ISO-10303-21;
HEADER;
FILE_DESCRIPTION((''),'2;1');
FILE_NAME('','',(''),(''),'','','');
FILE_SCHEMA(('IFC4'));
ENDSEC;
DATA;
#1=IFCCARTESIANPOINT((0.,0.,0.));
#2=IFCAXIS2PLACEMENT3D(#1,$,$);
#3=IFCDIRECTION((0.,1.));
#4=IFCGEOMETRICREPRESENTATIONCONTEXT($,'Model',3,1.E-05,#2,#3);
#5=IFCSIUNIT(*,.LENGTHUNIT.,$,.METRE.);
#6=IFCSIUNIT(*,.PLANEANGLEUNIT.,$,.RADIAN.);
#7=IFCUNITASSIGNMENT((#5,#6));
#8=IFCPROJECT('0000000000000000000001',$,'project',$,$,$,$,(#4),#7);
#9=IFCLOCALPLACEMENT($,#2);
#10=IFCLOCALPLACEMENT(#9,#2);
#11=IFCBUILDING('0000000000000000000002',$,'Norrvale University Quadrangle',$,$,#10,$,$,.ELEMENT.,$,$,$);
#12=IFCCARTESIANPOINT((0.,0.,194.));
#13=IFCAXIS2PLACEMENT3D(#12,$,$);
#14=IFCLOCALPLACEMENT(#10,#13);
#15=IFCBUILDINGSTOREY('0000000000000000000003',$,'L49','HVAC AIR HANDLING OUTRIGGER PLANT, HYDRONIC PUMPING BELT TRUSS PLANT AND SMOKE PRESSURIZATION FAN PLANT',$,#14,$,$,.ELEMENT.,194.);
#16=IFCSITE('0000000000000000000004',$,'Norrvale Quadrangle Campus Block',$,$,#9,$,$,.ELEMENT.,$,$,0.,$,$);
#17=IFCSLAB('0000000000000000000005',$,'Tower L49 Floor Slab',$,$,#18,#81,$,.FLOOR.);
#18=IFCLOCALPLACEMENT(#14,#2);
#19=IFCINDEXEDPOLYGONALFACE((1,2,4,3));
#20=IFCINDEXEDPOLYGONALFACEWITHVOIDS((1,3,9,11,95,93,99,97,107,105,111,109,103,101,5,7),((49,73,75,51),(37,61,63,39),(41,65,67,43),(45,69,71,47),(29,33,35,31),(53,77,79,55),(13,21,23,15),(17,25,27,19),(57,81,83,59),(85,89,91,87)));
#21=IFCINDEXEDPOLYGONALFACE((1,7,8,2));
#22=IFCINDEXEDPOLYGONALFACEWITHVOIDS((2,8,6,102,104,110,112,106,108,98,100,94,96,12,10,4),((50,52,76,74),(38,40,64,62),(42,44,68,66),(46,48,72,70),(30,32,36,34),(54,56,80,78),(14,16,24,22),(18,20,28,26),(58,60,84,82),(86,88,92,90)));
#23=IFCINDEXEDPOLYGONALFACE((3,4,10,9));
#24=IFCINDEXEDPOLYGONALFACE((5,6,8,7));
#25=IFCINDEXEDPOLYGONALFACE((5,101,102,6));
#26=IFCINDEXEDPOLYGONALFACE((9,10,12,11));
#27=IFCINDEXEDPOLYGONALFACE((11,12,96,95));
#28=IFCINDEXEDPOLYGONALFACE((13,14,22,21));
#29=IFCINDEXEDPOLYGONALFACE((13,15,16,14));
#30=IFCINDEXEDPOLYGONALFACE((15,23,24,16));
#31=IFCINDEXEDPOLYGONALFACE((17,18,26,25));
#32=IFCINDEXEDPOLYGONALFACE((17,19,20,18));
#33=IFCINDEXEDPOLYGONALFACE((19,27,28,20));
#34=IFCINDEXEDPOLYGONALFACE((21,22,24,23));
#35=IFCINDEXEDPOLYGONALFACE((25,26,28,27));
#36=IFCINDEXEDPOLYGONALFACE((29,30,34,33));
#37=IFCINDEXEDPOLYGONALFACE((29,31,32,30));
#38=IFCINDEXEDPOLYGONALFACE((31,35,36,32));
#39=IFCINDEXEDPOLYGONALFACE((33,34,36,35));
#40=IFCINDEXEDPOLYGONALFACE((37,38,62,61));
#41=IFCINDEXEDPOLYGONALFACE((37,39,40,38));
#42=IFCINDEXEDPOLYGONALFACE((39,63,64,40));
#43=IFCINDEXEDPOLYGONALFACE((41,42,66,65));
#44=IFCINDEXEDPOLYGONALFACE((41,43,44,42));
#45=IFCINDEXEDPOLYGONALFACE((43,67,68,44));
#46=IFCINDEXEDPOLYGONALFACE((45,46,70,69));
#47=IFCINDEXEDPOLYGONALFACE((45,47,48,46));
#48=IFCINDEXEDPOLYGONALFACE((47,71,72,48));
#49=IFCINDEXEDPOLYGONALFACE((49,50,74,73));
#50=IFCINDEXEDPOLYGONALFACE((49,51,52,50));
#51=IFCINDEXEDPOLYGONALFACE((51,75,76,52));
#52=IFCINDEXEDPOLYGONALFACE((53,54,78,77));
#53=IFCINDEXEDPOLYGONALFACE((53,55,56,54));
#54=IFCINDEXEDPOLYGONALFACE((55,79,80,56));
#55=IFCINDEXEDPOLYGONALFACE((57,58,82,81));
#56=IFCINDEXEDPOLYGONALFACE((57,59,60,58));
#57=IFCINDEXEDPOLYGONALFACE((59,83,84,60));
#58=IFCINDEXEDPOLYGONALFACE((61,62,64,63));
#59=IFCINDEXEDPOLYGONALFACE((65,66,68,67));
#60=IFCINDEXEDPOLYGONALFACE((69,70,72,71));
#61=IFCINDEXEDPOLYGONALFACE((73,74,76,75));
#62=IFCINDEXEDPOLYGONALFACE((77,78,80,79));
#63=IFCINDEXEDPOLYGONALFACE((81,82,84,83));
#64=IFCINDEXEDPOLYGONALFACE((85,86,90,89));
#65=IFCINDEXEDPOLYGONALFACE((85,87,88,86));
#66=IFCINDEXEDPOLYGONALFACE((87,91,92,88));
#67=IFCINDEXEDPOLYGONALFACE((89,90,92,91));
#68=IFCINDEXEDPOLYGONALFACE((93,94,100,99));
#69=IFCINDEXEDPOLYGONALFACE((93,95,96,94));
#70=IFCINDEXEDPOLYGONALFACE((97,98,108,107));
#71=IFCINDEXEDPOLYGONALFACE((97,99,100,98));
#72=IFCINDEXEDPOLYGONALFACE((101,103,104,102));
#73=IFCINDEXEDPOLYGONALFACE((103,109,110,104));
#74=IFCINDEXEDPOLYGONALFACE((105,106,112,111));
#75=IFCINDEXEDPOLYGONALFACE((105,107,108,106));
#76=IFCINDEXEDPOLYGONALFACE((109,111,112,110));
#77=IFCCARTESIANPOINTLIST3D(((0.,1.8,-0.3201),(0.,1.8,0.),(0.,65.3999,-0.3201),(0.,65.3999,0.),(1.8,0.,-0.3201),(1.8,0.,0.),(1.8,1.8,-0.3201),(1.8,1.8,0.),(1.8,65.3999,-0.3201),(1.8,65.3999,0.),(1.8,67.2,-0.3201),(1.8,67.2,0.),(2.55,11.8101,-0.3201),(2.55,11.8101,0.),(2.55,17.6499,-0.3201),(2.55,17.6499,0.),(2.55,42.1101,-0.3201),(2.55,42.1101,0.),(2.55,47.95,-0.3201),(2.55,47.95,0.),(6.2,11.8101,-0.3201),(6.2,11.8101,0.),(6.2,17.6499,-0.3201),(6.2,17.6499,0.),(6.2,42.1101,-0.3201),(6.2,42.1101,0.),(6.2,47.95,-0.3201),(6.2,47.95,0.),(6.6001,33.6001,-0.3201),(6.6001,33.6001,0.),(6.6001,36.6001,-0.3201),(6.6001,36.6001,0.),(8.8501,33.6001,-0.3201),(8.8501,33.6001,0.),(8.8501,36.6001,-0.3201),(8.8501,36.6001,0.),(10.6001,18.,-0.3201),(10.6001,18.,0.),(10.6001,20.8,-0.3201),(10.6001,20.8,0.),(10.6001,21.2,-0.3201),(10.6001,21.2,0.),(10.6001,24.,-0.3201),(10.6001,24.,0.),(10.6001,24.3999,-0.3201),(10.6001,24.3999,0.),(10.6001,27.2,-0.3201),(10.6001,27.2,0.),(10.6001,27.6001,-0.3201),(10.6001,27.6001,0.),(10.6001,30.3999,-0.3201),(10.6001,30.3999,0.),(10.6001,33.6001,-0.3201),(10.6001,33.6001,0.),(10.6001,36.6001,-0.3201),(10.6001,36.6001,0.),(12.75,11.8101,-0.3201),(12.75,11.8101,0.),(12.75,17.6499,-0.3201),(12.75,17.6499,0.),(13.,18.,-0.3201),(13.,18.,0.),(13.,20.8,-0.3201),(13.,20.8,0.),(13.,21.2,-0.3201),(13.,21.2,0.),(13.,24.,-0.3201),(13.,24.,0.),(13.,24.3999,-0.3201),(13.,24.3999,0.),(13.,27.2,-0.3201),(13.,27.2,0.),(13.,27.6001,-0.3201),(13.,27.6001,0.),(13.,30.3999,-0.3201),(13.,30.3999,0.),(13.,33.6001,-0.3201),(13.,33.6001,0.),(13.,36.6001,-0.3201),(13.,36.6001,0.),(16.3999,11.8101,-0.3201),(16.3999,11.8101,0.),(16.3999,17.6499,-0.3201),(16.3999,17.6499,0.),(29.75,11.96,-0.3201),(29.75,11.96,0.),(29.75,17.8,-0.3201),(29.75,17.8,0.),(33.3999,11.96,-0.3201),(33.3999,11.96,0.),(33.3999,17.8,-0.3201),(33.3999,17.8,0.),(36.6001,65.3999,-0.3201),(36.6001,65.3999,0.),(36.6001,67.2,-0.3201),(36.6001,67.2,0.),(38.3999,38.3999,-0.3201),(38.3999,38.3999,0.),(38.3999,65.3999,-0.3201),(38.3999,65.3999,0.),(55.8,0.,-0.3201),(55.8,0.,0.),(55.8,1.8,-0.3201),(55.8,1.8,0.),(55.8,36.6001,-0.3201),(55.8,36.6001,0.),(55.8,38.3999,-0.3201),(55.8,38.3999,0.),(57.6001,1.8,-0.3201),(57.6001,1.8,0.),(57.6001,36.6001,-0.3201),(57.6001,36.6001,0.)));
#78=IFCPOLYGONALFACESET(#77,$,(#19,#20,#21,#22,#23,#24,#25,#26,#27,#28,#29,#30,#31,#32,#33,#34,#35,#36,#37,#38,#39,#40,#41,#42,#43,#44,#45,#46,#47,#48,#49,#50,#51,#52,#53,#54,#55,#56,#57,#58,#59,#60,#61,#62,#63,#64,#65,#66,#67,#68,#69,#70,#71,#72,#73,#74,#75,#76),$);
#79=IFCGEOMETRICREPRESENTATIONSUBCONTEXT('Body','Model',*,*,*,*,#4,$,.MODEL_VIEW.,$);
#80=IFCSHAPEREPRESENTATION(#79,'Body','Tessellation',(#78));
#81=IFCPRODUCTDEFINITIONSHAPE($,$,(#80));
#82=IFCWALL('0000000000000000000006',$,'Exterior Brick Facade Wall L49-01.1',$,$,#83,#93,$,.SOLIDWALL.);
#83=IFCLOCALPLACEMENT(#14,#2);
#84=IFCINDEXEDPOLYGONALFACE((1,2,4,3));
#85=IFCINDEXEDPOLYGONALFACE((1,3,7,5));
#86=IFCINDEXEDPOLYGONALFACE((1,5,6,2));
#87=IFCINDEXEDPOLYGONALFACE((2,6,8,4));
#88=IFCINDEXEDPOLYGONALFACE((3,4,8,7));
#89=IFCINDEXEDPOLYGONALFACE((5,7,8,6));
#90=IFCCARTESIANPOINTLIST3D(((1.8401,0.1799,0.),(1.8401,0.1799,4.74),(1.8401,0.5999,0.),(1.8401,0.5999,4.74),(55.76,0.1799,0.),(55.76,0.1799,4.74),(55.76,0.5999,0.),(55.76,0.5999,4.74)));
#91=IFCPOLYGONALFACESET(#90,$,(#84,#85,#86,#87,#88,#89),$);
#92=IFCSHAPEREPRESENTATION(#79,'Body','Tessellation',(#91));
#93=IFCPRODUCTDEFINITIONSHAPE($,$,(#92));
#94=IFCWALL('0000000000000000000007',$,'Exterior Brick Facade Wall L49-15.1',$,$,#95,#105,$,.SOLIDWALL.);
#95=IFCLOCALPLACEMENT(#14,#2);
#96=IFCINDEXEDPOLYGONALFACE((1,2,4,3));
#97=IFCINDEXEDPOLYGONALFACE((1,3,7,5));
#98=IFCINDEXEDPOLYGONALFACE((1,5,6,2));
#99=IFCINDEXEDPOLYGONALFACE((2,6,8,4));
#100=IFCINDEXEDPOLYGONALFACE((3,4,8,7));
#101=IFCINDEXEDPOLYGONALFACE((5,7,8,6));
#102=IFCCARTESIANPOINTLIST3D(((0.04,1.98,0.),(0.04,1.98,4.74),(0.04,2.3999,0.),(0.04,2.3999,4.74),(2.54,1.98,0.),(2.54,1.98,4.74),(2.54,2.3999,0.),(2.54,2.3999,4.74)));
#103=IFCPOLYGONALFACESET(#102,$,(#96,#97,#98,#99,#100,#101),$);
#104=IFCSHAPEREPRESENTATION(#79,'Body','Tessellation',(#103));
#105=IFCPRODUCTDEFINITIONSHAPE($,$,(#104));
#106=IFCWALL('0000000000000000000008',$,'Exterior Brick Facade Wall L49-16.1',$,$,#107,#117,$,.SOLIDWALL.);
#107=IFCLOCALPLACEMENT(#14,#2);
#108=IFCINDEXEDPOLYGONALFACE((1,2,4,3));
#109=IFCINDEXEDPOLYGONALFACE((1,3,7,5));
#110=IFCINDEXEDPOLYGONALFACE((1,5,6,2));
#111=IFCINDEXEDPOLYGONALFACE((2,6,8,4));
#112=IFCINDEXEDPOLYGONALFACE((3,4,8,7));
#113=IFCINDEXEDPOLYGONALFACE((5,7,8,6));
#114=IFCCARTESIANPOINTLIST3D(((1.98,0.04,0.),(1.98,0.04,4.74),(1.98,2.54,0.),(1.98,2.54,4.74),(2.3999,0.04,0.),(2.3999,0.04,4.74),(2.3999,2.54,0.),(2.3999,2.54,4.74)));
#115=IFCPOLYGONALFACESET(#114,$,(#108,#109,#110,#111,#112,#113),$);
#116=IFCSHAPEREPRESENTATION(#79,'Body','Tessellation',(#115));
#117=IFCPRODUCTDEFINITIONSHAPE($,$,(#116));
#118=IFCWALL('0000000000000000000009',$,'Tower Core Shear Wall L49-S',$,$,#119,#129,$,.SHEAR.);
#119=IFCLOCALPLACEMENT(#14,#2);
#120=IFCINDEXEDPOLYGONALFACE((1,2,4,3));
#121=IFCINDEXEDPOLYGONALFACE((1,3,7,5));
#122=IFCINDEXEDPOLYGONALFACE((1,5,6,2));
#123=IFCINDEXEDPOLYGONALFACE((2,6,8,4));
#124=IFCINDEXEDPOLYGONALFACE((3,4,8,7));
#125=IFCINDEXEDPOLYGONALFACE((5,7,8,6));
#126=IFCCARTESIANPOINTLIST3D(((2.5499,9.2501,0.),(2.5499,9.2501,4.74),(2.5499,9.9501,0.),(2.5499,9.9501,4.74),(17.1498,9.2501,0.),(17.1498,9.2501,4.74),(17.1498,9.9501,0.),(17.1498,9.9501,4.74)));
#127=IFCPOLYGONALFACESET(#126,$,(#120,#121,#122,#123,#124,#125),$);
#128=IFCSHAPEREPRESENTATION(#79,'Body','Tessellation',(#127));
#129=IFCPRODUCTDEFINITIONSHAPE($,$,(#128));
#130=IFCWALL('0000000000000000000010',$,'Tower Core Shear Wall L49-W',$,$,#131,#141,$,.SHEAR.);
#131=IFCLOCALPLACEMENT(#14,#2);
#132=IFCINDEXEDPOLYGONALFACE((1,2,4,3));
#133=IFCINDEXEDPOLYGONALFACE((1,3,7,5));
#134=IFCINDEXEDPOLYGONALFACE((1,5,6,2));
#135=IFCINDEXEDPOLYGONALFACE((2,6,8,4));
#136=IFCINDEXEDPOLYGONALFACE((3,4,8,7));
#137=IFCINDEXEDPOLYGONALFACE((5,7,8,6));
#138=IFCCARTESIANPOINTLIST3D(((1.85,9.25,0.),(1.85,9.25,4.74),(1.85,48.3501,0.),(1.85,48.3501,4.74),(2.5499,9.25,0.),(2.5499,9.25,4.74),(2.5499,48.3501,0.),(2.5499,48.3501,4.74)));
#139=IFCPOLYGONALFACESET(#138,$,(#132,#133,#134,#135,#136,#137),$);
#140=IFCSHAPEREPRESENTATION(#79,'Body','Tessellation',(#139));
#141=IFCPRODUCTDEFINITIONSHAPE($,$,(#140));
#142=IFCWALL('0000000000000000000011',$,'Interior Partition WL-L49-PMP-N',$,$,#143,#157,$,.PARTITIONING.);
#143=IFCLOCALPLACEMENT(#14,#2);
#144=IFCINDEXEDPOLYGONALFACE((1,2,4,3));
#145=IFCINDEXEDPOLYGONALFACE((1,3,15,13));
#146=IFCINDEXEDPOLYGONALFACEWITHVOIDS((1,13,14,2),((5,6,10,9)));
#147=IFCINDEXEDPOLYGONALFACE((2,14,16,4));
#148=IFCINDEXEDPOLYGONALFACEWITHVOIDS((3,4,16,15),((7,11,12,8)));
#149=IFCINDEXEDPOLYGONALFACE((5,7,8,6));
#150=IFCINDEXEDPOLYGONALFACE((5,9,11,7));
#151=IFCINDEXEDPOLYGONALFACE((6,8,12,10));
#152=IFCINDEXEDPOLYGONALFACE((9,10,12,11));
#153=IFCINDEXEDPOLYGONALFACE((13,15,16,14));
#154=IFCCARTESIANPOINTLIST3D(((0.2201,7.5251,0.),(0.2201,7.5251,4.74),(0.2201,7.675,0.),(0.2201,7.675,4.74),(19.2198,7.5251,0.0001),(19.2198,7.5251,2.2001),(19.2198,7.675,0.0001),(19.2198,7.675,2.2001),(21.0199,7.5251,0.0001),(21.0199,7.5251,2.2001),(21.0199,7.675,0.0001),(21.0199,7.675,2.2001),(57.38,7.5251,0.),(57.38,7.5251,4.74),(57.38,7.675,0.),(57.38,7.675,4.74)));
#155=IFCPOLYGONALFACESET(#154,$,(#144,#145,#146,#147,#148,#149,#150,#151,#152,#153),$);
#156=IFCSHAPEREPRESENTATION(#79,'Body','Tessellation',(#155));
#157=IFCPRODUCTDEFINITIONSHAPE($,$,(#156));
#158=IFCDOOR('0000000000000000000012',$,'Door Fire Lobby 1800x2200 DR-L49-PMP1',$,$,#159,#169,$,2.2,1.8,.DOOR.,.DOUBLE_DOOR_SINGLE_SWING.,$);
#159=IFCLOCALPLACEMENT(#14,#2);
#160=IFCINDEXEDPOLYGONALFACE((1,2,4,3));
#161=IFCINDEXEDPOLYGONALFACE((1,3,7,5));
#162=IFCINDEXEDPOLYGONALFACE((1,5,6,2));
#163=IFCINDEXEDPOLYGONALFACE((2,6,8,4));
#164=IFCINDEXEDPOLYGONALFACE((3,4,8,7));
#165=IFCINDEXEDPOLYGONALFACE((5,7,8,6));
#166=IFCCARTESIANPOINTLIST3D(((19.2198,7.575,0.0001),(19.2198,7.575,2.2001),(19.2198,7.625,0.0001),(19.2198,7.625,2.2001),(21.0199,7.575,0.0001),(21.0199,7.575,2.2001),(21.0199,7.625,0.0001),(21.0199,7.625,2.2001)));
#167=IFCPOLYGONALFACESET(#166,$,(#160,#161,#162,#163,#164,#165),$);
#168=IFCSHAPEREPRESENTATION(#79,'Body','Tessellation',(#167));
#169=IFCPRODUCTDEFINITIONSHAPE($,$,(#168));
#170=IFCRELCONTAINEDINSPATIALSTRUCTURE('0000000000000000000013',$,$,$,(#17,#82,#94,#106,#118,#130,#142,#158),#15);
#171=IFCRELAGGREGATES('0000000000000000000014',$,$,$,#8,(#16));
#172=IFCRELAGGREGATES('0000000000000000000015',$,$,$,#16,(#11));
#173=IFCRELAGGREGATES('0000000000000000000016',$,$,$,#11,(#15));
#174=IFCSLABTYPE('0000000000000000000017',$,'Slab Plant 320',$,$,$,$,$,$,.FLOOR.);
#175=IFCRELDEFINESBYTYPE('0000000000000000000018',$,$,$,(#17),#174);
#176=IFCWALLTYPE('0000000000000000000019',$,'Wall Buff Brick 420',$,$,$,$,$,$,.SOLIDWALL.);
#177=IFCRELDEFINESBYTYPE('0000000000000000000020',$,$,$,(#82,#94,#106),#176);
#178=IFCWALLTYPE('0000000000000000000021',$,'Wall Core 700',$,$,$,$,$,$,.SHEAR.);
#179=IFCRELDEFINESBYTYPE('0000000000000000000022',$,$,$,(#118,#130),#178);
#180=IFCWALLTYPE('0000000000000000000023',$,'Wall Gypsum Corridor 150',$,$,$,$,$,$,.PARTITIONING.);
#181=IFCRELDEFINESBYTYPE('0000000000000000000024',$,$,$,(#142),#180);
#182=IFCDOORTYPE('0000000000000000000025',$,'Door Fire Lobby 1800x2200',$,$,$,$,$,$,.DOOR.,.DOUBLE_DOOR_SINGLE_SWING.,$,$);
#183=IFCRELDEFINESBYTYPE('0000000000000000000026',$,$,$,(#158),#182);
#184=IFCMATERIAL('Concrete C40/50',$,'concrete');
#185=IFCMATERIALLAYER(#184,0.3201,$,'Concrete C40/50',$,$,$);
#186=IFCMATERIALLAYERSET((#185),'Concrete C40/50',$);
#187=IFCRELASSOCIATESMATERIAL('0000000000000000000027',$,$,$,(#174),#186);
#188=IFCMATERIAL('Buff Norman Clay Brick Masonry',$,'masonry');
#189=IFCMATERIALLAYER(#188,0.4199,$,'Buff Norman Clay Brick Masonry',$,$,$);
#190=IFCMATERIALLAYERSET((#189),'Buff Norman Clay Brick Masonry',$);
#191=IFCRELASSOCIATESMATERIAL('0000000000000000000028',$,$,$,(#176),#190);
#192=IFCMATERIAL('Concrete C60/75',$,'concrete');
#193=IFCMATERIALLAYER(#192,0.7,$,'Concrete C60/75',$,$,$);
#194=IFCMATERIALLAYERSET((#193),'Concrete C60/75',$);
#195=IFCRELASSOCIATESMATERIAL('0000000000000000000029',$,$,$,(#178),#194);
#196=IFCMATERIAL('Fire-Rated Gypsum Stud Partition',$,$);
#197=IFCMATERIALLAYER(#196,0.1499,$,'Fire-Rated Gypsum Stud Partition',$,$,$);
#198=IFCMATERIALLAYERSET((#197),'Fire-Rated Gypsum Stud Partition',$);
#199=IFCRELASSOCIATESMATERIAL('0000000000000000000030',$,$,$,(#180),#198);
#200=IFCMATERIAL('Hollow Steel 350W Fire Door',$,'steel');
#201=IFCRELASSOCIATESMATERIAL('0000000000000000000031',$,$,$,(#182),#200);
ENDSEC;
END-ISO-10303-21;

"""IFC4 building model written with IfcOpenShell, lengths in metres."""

from ifc_helpers import new_model, si_unit, direction, frame, frame_2d, origin, place, context, subcontext, project, spatial, polyline, rectangle, outline, extrude, material, layer, layer_set, type_object, element, fill, save


model = new_model("IFC4")

# Units and contexts
model_context = context("Model", 3, precision=1e-05, world=origin(), true_north=direction((0.0, 1.0)))
body_context = subcontext(model_context, "Body", "Model", "MODEL_VIEW")
ifc_project = project(units=[si_unit("LENGTHUNIT", "METRE"), si_unit("PLANEANGLEUNIT", "RADIAN")], contexts=[model_context])

# Site, building, storey
site_placement = place(None, origin())
site = spatial("IfcSite", under=ifc_project, at=site_placement, Name="Norrvale Quadrangle Campus Block", CompositionType="ELEMENT", RefElevation=0.0)
building_placement = place(site_placement, origin())
building = spatial("IfcBuilding", under=site, at=building_placement, Name="Norrvale University Quadrangle", CompositionType="ELEMENT")
storey_placement = place(building_placement, frame((0.0, 0.0, 194.0)))
storey = spatial("IfcBuildingStorey", under=building, at=storey_placement, Name="L49", Description="HVAC AIR HANDLING OUTRIGGER PLANT, HYDRONIC PUMPING BELT TRUSS PLANT AND SMOKE PRESSURIZATION FAN PLANT", CompositionType="ELEMENT", Elevation=194.0)

# Shared definitions
ifc_material_1 = material(Name="Concrete C60/75", Category="concrete")

# Shared definitions
ifc_material_2 = material(Name="Concrete C40/50", Category="concrete")

# Slab
ifc_layer_1 = layer(ifc_material_2, 0.3201, Name="Concrete C40/50")
ifc_layer_set_1 = layer_set([ifc_layer_1], Name="Concrete C40/50")
slab_type_1 = type_object("IfcSlabType", Name="Slab Plant 320", PredefinedType="FLOOR", material=ifc_layer_set_1)
slab_1_placement = place(storey_placement, frame((0.0, 0.0, -0.3201)))
element("IfcSlab", 1, at=slab_1_placement, inside=storey, type_object=slab_type_1, Name="Tower L49 Floor Slab", PredefinedType="FLOOR", context=body_context, shape_type="SweptSolid", body=[
    extrude(outline(polyline([(1.8, 0.0), (55.8, 0.0), (55.8, 1.8), (57.6001, 1.8), (57.6001, 36.6001), (55.8, 36.6001), (55.8, 38.3999), (38.3999, 38.3999), (38.3999, 65.3999), (36.6001, 65.3999), (36.6001, 67.2), (1.8, 67.2), (1.8, 65.3999), (0.0, 65.3999), (0.0, 1.8), (1.8, 1.8), (1.8, 0.0)]), holes=[polyline([(2.55, 11.8101), (6.2, 11.8101), (6.2, 17.6499), (2.55, 17.6499), (2.55, 11.8101)]), polyline([(2.55, 42.1101), (6.2, 42.1101), (6.2, 47.95), (2.55, 47.95), (2.55, 42.1101)]), polyline([(12.75, 11.8101), (16.3999, 11.8101), (16.3999, 17.6499), (12.75, 17.6499), (12.75, 11.8101)]), polyline([(29.75, 11.96), (33.3999, 11.96), (33.3999, 17.8), (29.75, 17.8), (29.75, 11.96)]), polyline([(10.6001, 18.0), (13.0, 18.0), (13.0, 20.8), (10.6001, 20.8), (10.6001, 18.0)]), polyline([(10.6001, 21.2), (13.0, 21.2), (13.0, 24.0), (10.6001, 24.0), (10.6001, 21.2)]), polyline([(10.6001, 24.3999), (13.0, 24.3999), (13.0, 27.2), (10.6001, 27.2), (10.6001, 24.3999)]), polyline([(10.6001, 27.6001), (13.0, 27.6001), (13.0, 30.3999), (10.6001, 30.3999), (10.6001, 27.6001)]), polyline([(6.6001, 33.6001), (8.8501, 33.6001), (8.8501, 36.6001), (6.6001, 36.6001), (6.6001, 33.6001)]), polyline([(10.6001, 33.6001), (13.0, 33.6001), (13.0, 36.6001), (10.6001, 36.6001), (10.6001, 33.6001)])]), origin(), (0.0, 0.0, 1.0), 0.3201),
])

# Walls
ifc_material_3 = material(Name="Buff Norman Clay Brick Masonry", Category="masonry")
ifc_layer_2 = layer(ifc_material_3, 0.4199, Name="Buff Norman Clay Brick Masonry")
ifc_layer_set_2 = layer_set([ifc_layer_2], Name="Buff Norman Clay Brick Masonry")
wall_type_1 = type_object("IfcWallType", Name="Wall Buff Brick 420", PredefinedType="SOLIDWALL", material=ifc_layer_set_2)
wall_1_placement = place(storey_placement, frame((1.8401, 0.3899, 0.0), z_axis=(0.0, 0.0, 1.0), x_axis=(1.0, 0.0, 0.0)))
element("IfcWall", 2, at=wall_1_placement, inside=storey, type_object=wall_type_1, Name="Exterior Brick Facade Wall L49-01.1", PredefinedType="SOLIDWALL", context=body_context, shape_type="SweptSolid", body=[
    extrude(rectangle(XDim=53.9199, YDim=0.4199, at=frame_2d((26.96, 0.0))), origin(), (0.0, 0.0, 1.0), 4.74),
])
for number, where, z_axis, x_axis, name in (
    (3, (0.04, 2.1899, 0.0), (0.0, 0.0, 1.0), (1.0, 0.0, 0.0), "Exterior Brick Facade Wall L49-15.1"),
    (4, (2.1899, 2.54, 0.0), (0.0, 0.0, 1.0), (0.0, -1.0, 0.0), "Exterior Brick Facade Wall L49-16.1"),
):
    element("IfcWall", number, at=place(storey_placement, frame(where, z_axis=z_axis, x_axis=x_axis)), inside=storey, type_object=wall_type_1, Name=name, PredefinedType="SOLIDWALL", context=body_context, shape_type="SweptSolid", body=[
        extrude(rectangle(XDim=2.5, YDim=0.4199, at=frame_2d((1.25, 0.0))), origin(), (0.0, 0.0, 1.0), 4.74),
    ])
ifc_layer_3 = layer(ifc_material_1, 0.7, Name="Concrete C60/75")
ifc_layer_set_3 = layer_set([ifc_layer_3], Name="Concrete C60/75")
wall_type_2 = type_object("IfcWallType", Name="Wall Core 700", PredefinedType="SHEAR", material=ifc_layer_set_3)
wall_2_placement = place(storey_placement, frame((2.55, 9.6001, 0.0), z_axis=(0.0, 0.0, 1.0), x_axis=(1.0, 0.0, 0.0)))
element("IfcWall", 5, at=wall_2_placement, inside=storey, type_object=wall_type_2, Name="Tower Core Shear Wall L49-S", PredefinedType="SHEAR", context=body_context, shape_type="SweptSolid", body=[
    extrude(rectangle(XDim=14.5999, YDim=0.7, at=frame_2d((7.2998, 0.0))), origin(), (0.0, 0.0, 1.0), 4.74),
])
wall_3_placement = place(storey_placement, frame((2.2, 9.25, 0.0), z_axis=(0.0, 0.0, 1.0), x_axis=(0.0, 1.0, 0.0)))
element("IfcWall", 6, at=wall_3_placement, inside=storey, type_object=wall_type_2, Name="Tower Core Shear Wall L49-W", PredefinedType="SHEAR", context=body_context, shape_type="SweptSolid", body=[
    extrude(rectangle(XDim=39.1001, YDim=0.7, at=frame_2d((19.55, 0.0))), origin(), (0.0, 0.0, 1.0), 4.74),
])

# Wall, opening, door
ifc_material_4 = material(Name="Fire-Rated Gypsum Stud Partition")
ifc_layer_4 = layer(ifc_material_4, 0.1499, Name="Fire-Rated Gypsum Stud Partition")
ifc_layer_set_4 = layer_set([ifc_layer_4], Name="Fire-Rated Gypsum Stud Partition")
wall_type_3 = type_object("IfcWallType", Name="Wall Gypsum Corridor 150", PredefinedType="PARTITIONING", material=ifc_layer_set_4)
wall_4_placement = place(storey_placement, frame((0.22, 7.6001, 0.0), z_axis=(0.0, 0.0, 1.0), x_axis=(1.0, 0.0, 0.0)))
wall_4 = element("IfcWall", 7, at=wall_4_placement, inside=storey, type_object=wall_type_3, Name="Interior Partition WL-L49-PMP-N", PredefinedType="PARTITIONING", context=body_context, shape_type="SweptSolid", body=[
    extrude(rectangle(XDim=57.1599, YDim=0.1499, at=frame_2d((28.5801, 0.0))), origin(), (0.0, 0.0, 1.0), 4.74),
])
opening_1_placement = place(wall_4_placement, frame((19.0, 0.0, 0.0)))
opening_1 = element("IfcOpeningElement", 8, at=opening_1_placement, cuts=wall_4, PredefinedType="OPENING", context=body_context, shape_type="SweptSolid", body=[
    extrude(rectangle(XDim=1.8, YDim=2.2, at=frame_2d((0.8999, 1.1001))), frame((0.0, 0.0869, 0.0), z_axis=(0.0, -1.0, 0.0), x_axis=(1.0, 0.0, 0.0)), (0.0, 0.0, 1.0), 0.1738),
])
ifc_material_5 = material(Name="Hollow Steel 350W Fire Door", Category="steel")
door_type_1 = type_object("IfcDoorType", Name="Door Fire Lobby 1800x2200", OperationType="DOUBLE_DOOR_SINGLE_SWING", PredefinedType="DOOR", material=ifc_material_5)
door_1_placement = place(opening_1_placement, origin())
door_1 = element("IfcDoor", 9, at=door_1_placement, inside=storey, type_object=door_type_1, Name="Door Fire Lobby 1800x2200 DR-L49-PMP1", OperationType="DOUBLE_DOOR_SINGLE_SWING", OverallHeight=2.2, OverallWidth=1.8, PredefinedType="DOOR", context=body_context, shape_type="SweptSolid", body=[
    extrude(rectangle(XDim=1.8, YDim=2.2, at=frame_2d((0.8999, 1.1001))), frame((0.0, 0.0249, 0.0), z_axis=(0.0, -1.0, 0.0), x_axis=(1.0, 0.0, 0.0)), (0.0, 0.0, 1.0), 0.05),
])
fill(opening_1, door_1)

save(model, "model.ifc")
